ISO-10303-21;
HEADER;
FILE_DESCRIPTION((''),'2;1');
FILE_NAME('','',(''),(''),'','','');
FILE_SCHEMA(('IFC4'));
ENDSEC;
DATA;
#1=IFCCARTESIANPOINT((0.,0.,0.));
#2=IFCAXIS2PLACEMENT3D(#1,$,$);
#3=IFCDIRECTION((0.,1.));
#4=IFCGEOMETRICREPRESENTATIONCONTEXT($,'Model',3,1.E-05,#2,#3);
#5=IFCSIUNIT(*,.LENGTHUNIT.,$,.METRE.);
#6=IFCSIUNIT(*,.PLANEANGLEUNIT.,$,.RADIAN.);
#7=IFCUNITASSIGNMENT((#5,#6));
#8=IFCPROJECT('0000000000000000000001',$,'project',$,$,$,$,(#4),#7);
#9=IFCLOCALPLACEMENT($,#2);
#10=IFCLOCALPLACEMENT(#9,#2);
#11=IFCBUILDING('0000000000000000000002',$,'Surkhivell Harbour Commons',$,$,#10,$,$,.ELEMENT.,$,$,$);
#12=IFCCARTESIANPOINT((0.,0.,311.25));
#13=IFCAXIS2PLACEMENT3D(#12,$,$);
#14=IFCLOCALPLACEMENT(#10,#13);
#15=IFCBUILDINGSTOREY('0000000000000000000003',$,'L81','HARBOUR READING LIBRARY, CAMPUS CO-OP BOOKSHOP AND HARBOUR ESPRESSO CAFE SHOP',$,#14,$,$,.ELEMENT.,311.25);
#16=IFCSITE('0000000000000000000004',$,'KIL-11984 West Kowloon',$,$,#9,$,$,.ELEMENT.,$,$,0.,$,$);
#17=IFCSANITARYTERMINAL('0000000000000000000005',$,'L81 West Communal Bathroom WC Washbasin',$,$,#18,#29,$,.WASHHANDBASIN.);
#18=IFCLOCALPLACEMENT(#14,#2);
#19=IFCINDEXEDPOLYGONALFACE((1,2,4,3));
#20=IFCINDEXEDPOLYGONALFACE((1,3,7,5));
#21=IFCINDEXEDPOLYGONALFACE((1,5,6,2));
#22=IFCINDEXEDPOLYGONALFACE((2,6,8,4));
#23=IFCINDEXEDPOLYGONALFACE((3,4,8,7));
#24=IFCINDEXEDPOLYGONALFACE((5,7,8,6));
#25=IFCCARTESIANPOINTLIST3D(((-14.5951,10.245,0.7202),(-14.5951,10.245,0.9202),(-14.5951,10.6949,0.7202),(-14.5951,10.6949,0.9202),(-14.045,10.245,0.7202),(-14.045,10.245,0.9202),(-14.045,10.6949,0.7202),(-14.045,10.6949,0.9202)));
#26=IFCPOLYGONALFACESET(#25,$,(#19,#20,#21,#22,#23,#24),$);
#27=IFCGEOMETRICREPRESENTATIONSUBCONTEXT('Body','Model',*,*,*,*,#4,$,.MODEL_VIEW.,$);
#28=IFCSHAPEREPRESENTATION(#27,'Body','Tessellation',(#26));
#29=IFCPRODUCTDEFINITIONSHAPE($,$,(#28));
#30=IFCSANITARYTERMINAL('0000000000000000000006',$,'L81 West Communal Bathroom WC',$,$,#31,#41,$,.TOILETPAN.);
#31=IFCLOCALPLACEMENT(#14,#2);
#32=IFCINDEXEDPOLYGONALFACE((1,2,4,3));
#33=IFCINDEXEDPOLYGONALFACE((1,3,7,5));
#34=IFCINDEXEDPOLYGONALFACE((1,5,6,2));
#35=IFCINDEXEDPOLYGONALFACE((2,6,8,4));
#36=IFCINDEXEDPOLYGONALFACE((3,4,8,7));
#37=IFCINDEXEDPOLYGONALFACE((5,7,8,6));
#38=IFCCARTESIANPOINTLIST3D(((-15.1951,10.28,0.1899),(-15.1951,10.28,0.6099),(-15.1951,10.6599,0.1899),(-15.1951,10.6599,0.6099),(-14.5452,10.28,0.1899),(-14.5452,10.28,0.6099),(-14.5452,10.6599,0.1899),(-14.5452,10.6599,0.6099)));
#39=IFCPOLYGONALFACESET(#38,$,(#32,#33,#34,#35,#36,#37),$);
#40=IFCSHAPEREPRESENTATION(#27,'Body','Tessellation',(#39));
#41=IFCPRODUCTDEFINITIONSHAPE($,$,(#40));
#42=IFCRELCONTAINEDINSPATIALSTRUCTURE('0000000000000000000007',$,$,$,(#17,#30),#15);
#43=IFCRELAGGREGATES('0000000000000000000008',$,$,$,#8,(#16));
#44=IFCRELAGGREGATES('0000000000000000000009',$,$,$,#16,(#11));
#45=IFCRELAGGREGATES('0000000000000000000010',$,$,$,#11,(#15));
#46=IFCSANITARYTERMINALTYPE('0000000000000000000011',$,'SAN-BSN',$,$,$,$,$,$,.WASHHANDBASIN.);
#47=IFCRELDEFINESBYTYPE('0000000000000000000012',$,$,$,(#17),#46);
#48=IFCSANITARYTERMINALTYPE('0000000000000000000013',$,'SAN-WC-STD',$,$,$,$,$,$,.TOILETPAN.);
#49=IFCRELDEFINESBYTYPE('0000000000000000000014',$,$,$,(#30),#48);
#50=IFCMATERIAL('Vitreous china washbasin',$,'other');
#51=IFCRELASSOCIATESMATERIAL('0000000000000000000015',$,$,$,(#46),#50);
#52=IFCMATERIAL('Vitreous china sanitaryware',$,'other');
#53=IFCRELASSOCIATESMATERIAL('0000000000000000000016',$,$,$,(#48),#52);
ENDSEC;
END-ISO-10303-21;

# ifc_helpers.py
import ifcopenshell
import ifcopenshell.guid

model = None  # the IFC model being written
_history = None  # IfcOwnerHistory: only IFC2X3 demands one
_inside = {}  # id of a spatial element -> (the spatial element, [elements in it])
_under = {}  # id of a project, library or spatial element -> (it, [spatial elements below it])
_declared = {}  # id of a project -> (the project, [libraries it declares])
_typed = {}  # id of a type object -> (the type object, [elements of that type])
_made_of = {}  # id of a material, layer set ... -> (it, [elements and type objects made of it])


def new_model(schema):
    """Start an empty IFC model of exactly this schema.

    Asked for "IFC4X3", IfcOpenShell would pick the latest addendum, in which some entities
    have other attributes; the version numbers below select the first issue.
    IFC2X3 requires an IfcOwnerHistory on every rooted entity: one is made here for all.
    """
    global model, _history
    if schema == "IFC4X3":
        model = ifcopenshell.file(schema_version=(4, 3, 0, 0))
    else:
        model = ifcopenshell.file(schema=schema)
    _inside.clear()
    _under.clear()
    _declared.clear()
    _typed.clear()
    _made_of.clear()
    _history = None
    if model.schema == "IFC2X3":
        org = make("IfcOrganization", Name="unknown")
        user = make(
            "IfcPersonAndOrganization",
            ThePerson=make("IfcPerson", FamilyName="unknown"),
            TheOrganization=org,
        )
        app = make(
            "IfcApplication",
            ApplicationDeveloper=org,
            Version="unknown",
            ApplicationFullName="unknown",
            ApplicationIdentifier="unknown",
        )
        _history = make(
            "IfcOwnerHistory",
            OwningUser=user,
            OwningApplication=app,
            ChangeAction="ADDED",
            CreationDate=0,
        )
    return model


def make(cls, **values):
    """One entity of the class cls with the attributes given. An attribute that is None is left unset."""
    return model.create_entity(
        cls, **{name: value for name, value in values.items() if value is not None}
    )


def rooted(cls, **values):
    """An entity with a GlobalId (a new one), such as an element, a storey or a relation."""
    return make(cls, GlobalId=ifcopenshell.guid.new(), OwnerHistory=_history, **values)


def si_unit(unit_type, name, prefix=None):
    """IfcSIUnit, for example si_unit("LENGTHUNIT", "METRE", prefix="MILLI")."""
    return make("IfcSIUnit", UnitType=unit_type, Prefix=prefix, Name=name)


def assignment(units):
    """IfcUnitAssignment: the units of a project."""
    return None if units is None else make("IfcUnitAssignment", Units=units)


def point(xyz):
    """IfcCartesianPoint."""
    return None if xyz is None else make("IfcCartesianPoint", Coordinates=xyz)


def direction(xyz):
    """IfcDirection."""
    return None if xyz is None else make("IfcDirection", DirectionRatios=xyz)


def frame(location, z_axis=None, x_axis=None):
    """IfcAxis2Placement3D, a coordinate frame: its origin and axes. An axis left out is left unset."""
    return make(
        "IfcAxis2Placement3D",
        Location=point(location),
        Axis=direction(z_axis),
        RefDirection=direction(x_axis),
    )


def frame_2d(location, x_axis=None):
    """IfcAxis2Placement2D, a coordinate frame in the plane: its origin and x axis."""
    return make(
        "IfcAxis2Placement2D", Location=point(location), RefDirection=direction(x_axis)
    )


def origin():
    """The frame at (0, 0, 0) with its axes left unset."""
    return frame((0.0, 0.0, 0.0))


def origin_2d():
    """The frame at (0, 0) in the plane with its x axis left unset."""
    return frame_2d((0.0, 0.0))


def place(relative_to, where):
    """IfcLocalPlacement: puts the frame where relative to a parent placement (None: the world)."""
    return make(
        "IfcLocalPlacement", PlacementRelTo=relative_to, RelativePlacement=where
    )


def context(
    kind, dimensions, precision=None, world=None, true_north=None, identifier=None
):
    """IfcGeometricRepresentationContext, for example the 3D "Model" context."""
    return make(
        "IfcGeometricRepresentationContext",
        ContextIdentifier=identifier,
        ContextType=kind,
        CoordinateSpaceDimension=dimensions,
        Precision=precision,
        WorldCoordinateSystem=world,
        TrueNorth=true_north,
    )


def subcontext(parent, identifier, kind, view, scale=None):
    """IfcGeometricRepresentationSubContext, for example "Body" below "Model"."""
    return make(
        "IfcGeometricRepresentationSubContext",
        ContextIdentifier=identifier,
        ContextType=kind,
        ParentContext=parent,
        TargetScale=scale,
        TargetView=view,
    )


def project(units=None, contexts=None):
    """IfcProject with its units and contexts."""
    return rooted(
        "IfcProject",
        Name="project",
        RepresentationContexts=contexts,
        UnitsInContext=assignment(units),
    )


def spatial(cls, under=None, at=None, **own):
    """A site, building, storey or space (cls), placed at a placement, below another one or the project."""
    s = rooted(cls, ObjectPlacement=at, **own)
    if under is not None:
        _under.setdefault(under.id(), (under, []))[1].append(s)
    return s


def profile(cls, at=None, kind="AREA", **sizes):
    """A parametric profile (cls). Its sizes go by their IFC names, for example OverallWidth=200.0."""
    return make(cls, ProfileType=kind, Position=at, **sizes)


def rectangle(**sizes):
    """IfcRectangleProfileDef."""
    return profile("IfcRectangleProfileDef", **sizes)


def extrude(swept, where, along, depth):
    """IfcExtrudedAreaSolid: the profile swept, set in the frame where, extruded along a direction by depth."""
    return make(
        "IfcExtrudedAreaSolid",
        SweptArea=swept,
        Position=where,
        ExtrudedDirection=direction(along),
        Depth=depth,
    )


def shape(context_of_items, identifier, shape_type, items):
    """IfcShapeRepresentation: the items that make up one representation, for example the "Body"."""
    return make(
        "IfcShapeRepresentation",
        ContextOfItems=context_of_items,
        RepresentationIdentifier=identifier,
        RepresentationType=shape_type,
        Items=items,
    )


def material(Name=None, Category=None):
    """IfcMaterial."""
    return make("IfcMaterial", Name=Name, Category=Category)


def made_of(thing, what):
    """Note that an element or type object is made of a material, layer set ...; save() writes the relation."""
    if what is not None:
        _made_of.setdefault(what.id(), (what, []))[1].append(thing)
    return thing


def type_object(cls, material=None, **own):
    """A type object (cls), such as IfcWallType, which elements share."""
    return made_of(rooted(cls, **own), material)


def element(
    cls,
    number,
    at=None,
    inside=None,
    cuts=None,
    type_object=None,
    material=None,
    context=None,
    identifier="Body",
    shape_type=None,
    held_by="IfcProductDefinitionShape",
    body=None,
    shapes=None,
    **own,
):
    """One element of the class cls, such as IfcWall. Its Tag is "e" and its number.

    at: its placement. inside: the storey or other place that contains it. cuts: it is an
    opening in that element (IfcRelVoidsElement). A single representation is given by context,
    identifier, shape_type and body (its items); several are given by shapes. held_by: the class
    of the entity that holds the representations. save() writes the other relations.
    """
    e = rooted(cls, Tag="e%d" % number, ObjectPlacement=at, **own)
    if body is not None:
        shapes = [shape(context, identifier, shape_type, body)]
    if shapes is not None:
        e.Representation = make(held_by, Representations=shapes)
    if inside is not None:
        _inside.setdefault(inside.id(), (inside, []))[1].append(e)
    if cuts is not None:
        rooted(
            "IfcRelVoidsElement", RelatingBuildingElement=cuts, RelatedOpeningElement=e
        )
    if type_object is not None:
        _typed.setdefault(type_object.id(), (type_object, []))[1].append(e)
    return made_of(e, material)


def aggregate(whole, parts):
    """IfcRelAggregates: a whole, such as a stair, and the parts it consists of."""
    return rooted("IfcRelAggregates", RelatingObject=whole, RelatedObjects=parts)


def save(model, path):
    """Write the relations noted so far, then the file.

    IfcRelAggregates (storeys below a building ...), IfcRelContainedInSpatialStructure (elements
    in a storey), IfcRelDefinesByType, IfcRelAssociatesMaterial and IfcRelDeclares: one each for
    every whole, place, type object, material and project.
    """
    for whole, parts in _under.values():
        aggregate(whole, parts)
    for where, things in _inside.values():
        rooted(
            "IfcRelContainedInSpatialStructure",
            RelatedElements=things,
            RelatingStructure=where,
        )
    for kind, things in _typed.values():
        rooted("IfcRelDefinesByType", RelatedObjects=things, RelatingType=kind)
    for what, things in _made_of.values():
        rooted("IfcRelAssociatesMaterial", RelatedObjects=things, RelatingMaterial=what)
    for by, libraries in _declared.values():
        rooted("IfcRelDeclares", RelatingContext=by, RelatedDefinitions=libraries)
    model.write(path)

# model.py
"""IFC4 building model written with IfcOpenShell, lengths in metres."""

from ifc_helpers import new_model, si_unit, direction, frame, origin, origin_2d, place, context, subcontext, project, spatial, rectangle, extrude, material, type_object, element, save


model = new_model("IFC4")

# Units and contexts
model_context = context("Model", 3, precision=1e-05, world=origin(), true_north=direction((0.0, 1.0)))
body_context = subcontext(model_context, "Body", "Model", "MODEL_VIEW")
ifc_project = project(units=[si_unit("LENGTHUNIT", "METRE"), si_unit("PLANEANGLEUNIT", "RADIAN")], contexts=[model_context])

# Site, building, storey
site_placement = place(None, origin())
site = spatial("IfcSite", under=ifc_project, at=site_placement, Name="KIL-11984 West Kowloon", CompositionType="ELEMENT", RefElevation=0.0)
building_placement = place(site_placement, origin())
building = spatial("IfcBuilding", under=site, at=building_placement, Name="Surkhivell Harbour Commons", CompositionType="ELEMENT")
storey_placement = place(building_placement, frame((0.0, 0.0, 311.25)))
storey = spatial("IfcBuildingStorey", under=building, at=storey_placement, Name="L81", Description="HARBOUR READING LIBRARY, CAMPUS CO-OP BOOKSHOP AND HARBOUR ESPRESSO CAFE SHOP", CompositionType="ELEMENT", Elevation=311.25)

# Sanitary terminals
ifc_material_1 = material(Name="Vitreous china washbasin", Category="other")
sanitary_terminal_type_1 = type_object("IfcSanitaryTerminalType", Name="SAN-BSN", PredefinedType="WASHHANDBASIN", material=ifc_material_1)
sanitary_terminal_1_placement = place(storey_placement, frame((-14.3201, 10.47, 0.7202), z_axis=(0.0, 0.0, 1.0), x_axis=(1.0, 0.0, 0.0)))
element("IfcSanitaryTerminal", 1, at=sanitary_terminal_1_placement, inside=storey, type_object=sanitary_terminal_type_1, Name="L81 West Communal Bathroom WC Washbasin", PredefinedType="WASHHANDBASIN", context=body_context, shape_type="SweptSolid", body=[
    extrude(rectangle(XDim=0.55, YDim=0.45, at=origin_2d()), origin(), (0.0, 0.0, 1.0), 0.2),
])
ifc_material_2 = material(Name="Vitreous china sanitaryware", Category="other")
sanitary_terminal_type_2 = type_object("IfcSanitaryTerminalType", Name="SAN-WC-STD", PredefinedType="TOILETPAN", material=ifc_material_2)
sanitary_terminal_2_placement = place(storey_placement, frame((-14.8701, 10.47, 0.1899), z_axis=(0.0, 0.0, 1.0), x_axis=(1.0, 0.0, 0.0)))
element("IfcSanitaryTerminal", 2, at=sanitary_terminal_2_placement, inside=storey, type_object=sanitary_terminal_type_2, Name="L81 West Communal Bathroom WC", PredefinedType="TOILETPAN", context=body_context, shape_type="SweptSolid", body=[
    extrude(rectangle(XDim=0.6499, YDim=0.3799, at=origin_2d()), origin(), (0.0, 0.0, 1.0), 0.4199),
])

save(model, "model.ifc")
